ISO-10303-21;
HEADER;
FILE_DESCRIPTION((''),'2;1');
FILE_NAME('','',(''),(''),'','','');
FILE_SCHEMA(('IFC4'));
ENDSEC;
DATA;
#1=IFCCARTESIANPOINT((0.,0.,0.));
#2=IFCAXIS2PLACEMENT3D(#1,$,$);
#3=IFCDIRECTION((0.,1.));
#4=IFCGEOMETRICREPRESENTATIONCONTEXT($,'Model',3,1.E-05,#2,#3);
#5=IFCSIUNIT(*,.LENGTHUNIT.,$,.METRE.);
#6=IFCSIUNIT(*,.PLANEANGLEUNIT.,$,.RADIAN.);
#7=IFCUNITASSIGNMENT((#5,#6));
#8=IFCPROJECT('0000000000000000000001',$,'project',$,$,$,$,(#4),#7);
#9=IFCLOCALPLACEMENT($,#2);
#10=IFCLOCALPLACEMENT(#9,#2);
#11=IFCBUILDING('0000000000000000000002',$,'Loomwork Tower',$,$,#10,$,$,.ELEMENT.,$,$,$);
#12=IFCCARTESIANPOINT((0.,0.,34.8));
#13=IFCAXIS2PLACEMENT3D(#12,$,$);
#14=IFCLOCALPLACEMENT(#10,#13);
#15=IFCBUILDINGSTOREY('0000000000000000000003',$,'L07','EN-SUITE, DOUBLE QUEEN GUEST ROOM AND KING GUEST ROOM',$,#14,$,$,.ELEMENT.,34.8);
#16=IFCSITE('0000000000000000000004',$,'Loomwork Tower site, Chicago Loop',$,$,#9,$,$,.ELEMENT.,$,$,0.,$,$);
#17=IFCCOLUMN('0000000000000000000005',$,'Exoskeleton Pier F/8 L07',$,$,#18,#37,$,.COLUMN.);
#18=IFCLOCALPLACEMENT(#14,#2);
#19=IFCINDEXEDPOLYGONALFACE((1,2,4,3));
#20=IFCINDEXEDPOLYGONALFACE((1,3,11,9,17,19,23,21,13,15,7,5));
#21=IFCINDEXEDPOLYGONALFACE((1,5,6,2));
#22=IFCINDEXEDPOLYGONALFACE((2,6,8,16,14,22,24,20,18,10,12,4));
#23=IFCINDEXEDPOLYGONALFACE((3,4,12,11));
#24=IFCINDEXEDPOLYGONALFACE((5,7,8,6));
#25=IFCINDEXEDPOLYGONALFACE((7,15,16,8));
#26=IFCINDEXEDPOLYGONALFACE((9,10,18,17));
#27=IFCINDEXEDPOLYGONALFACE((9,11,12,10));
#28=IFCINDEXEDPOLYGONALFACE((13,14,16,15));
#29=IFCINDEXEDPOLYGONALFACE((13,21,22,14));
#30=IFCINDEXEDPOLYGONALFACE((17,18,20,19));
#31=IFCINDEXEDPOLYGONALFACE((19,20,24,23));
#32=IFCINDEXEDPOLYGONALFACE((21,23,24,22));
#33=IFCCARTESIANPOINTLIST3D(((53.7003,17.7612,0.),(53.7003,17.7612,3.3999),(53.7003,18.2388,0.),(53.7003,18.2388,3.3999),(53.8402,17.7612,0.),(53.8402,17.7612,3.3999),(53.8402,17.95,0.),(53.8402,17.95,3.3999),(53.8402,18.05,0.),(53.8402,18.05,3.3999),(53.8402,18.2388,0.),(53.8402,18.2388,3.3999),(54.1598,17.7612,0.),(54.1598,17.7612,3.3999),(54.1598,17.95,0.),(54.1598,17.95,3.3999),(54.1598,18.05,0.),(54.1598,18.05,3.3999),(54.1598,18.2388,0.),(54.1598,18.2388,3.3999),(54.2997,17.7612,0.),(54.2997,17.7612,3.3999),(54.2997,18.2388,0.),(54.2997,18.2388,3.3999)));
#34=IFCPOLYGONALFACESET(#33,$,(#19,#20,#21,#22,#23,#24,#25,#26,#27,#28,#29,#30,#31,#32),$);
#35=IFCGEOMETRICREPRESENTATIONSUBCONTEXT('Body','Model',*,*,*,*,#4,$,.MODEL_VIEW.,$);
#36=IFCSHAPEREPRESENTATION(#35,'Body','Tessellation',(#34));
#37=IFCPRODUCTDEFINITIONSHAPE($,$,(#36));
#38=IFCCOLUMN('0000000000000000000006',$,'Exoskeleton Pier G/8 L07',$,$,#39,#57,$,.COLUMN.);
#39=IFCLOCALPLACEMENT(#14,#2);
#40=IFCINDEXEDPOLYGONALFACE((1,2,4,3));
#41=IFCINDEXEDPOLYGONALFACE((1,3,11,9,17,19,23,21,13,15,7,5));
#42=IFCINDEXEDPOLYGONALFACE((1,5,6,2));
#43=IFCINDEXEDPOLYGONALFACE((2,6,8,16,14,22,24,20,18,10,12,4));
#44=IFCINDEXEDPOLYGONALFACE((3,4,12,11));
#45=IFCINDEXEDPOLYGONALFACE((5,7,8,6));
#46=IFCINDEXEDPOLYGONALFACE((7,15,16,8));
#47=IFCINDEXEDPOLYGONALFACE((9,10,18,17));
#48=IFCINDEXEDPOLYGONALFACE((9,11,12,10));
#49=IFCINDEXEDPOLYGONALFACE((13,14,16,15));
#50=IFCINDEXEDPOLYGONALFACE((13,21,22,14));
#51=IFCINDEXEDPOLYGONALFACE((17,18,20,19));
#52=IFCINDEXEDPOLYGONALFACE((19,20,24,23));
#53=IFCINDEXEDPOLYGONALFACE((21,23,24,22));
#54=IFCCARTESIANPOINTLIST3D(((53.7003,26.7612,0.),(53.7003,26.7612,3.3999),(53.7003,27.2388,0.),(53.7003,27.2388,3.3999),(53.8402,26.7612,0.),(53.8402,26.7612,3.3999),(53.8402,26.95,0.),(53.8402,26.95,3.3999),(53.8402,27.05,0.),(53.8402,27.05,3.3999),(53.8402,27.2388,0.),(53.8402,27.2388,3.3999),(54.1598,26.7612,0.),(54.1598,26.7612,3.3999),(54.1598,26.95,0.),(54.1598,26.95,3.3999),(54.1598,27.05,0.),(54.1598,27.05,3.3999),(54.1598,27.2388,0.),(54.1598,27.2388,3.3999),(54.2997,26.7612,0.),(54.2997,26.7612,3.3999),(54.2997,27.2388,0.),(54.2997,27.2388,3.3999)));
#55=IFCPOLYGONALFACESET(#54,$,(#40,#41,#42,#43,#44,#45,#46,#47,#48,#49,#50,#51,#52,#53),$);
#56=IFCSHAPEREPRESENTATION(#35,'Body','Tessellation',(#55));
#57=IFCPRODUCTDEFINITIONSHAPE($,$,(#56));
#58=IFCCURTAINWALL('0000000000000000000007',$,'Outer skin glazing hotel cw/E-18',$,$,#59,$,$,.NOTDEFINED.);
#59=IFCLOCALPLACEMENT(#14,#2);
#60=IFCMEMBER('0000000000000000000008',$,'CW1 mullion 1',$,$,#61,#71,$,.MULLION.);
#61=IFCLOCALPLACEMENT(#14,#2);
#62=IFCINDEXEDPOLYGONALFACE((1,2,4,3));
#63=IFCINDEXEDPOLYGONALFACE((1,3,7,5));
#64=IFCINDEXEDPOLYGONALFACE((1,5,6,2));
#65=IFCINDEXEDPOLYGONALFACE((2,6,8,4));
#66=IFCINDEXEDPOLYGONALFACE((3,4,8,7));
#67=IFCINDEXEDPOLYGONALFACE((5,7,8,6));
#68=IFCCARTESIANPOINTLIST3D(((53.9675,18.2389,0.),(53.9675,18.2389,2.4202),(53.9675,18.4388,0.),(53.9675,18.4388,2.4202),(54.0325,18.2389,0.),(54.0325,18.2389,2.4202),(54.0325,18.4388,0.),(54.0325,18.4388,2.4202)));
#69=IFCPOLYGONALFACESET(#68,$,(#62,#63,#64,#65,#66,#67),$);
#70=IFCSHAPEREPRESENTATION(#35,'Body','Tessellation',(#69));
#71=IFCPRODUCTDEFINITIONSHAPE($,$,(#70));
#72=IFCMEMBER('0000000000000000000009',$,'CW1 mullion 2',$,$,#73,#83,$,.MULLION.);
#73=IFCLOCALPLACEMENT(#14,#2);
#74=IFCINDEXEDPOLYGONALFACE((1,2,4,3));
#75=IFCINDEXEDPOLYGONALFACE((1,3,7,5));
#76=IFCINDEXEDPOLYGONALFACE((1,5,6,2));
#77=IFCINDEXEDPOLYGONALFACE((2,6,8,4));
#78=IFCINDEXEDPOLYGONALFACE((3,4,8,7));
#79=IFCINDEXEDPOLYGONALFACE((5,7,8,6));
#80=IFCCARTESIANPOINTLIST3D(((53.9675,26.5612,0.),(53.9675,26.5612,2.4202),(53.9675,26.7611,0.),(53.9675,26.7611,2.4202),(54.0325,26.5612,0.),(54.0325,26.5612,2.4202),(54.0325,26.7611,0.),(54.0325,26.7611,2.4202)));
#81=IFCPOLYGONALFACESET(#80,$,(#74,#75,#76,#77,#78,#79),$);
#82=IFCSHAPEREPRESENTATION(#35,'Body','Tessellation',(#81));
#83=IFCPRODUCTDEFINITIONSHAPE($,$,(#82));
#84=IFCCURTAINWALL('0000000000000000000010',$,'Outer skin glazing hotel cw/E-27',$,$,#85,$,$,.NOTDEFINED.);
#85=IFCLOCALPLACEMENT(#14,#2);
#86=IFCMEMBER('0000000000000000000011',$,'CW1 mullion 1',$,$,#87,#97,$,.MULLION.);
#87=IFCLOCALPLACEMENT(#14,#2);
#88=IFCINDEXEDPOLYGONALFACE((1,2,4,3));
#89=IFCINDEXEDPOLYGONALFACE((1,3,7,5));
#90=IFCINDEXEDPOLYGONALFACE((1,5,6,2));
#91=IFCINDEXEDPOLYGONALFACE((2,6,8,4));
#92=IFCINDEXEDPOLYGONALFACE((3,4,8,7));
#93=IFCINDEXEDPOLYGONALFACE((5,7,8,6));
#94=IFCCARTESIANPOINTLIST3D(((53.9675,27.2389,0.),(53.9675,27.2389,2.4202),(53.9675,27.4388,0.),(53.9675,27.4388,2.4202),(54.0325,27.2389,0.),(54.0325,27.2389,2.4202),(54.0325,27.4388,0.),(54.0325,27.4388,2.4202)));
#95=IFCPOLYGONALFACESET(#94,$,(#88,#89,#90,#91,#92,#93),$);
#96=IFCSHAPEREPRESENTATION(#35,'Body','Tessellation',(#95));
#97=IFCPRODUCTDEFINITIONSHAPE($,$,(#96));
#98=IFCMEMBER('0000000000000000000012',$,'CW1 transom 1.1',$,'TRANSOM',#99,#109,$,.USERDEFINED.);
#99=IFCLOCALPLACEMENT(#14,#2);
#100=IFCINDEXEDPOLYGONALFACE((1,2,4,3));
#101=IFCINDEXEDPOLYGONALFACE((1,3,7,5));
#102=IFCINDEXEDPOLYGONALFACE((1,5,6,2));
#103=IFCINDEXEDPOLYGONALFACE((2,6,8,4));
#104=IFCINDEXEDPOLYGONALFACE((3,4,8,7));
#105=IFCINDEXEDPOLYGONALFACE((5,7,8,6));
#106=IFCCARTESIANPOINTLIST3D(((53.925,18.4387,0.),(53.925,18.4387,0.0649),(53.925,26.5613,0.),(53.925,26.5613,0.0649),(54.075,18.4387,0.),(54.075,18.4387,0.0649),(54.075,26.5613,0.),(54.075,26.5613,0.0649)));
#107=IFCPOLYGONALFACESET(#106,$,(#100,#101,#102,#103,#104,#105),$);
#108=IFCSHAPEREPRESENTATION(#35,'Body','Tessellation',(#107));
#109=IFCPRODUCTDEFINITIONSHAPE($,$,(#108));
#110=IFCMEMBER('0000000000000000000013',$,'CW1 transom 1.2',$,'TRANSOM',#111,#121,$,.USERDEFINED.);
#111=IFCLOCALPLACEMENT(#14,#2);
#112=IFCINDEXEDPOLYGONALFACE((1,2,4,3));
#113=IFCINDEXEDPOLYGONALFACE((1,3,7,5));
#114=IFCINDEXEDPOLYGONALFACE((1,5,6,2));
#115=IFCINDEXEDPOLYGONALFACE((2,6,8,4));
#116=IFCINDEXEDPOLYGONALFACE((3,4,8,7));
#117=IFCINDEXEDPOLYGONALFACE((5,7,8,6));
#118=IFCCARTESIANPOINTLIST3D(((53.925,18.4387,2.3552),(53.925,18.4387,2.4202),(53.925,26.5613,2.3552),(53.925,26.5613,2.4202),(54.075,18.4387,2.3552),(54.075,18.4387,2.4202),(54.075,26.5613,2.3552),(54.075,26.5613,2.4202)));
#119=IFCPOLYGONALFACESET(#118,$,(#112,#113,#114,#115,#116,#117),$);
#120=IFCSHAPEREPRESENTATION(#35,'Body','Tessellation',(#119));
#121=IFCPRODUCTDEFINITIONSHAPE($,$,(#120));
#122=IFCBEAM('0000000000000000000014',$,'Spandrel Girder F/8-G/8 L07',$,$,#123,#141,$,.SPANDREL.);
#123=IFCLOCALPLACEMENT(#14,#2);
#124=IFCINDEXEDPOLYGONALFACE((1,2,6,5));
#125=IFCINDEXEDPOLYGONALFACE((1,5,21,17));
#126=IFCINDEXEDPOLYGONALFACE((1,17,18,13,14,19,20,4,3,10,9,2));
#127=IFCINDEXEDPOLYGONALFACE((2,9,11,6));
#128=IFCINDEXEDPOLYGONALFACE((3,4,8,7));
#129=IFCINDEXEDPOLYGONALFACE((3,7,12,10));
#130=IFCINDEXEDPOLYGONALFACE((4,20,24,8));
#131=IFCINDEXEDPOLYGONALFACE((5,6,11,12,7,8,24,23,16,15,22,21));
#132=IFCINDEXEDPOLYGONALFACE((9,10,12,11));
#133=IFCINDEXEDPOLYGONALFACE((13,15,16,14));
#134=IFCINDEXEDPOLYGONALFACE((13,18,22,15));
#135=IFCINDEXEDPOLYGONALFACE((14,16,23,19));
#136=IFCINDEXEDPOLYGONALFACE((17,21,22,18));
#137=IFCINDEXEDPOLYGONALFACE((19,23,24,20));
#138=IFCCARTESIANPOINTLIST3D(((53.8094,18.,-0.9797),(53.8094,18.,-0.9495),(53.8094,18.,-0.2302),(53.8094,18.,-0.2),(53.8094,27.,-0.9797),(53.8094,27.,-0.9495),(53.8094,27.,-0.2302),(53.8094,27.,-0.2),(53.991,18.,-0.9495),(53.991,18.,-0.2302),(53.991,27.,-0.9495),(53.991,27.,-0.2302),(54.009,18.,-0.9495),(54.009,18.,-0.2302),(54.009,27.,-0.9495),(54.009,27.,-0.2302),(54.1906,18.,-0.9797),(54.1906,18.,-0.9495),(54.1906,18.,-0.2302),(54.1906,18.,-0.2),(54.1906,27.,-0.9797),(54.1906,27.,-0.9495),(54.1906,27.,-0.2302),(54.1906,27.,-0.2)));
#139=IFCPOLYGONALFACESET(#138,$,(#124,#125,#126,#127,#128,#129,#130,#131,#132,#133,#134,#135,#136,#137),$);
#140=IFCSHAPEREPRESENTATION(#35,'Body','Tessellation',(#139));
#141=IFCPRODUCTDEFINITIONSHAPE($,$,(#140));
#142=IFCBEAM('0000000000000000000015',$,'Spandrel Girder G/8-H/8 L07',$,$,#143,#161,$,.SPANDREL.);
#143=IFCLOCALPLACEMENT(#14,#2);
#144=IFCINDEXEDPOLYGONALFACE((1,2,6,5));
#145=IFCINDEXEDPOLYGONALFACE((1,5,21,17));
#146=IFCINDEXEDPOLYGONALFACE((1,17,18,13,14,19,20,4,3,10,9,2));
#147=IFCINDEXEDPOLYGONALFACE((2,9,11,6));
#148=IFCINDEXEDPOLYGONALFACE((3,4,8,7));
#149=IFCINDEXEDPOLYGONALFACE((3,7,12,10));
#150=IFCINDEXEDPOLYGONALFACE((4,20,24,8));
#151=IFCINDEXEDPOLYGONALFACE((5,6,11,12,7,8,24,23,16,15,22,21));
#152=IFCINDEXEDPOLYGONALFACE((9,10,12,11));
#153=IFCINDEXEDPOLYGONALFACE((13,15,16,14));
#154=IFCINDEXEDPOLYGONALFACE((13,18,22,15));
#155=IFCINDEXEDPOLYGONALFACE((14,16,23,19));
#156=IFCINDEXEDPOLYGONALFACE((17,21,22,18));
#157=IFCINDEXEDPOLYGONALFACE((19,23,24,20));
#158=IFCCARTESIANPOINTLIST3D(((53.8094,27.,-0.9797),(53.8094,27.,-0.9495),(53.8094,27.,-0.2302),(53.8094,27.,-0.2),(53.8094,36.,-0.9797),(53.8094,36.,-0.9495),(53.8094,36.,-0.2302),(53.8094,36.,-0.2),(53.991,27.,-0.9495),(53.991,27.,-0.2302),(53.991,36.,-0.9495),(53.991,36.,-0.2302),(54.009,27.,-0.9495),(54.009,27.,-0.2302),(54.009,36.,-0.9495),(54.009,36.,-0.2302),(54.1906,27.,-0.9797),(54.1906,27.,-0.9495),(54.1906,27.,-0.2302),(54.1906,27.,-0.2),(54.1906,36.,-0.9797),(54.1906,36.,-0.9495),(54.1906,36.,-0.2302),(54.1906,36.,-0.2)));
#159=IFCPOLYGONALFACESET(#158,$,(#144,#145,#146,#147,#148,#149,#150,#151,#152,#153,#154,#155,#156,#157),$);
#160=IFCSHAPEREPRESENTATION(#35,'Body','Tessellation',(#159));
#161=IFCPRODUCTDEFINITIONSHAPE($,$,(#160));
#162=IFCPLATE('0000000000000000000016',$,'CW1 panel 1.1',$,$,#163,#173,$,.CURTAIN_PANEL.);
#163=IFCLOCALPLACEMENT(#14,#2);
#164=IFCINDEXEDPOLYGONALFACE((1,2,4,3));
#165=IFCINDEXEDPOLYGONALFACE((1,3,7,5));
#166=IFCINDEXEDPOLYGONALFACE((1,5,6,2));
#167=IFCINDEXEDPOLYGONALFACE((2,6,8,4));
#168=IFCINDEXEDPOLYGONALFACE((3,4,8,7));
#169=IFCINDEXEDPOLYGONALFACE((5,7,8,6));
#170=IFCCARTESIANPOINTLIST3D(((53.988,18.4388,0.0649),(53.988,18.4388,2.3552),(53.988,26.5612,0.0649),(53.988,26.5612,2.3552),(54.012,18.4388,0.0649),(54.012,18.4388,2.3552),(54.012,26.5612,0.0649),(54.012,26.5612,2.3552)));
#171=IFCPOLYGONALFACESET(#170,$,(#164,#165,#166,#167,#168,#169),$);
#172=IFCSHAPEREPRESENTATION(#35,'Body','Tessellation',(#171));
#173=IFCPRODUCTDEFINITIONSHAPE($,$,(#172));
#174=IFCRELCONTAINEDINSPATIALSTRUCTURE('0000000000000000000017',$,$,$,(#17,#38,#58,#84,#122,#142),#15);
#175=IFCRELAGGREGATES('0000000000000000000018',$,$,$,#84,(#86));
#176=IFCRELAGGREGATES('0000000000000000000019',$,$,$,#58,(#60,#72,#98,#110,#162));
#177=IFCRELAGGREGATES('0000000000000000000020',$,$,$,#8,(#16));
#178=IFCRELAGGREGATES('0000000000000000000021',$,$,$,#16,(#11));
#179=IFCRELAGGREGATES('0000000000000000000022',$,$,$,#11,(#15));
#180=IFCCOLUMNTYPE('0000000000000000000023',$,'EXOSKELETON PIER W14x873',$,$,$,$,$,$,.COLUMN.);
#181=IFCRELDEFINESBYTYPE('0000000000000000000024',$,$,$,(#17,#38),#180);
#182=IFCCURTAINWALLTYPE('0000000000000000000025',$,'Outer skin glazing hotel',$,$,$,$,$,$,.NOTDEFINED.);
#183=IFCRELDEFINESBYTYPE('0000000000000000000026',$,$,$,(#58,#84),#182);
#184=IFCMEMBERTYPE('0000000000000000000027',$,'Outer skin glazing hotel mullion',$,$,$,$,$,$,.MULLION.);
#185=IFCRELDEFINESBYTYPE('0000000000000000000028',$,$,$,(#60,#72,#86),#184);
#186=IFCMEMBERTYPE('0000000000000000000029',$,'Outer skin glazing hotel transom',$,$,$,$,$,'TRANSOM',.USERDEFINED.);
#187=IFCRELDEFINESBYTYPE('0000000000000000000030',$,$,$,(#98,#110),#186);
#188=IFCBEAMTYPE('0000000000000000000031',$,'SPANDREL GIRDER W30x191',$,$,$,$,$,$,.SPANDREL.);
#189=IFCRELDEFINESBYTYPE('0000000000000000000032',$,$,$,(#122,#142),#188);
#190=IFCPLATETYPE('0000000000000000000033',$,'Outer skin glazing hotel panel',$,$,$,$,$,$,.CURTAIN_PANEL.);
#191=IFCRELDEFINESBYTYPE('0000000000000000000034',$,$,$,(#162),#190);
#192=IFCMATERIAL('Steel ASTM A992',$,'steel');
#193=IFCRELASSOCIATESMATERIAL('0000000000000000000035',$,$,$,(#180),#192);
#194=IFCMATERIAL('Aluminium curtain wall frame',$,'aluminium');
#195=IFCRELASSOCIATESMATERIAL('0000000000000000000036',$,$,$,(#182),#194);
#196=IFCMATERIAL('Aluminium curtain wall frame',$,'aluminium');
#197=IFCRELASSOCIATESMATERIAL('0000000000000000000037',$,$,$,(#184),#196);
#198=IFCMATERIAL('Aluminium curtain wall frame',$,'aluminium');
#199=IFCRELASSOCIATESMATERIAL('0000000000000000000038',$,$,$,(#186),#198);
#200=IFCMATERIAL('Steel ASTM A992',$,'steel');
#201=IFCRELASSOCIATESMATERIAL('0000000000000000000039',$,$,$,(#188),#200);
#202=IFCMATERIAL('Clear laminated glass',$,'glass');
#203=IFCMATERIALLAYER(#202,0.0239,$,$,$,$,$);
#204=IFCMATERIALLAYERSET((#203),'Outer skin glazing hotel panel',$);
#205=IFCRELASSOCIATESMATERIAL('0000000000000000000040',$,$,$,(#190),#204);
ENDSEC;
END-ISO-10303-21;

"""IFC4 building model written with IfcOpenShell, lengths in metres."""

from ifc_helpers import new_model, si_unit, direction, frame, origin, origin_2d, place, context, subcontext, project, spatial, rectangle, i_section, extrude, material, layer, layer_set, material_profile, profile_set, type_object, element, aggregate, save


model = new_model("IFC4")

# Units and contexts
model_context = context("Model", 3, precision=1e-05, world=origin(), true_north=direction((0.0, 1.0)))
body_context = subcontext(model_context, "Body", "Model", "MODEL_VIEW")
ifc_project = project(units=[si_unit("LENGTHUNIT", "METRE"), si_unit("PLANEANGLEUNIT", "RADIAN")], contexts=[model_context])

# Site, building, storey
site_placement = place(None, origin())
site = spatial("IfcSite", under=ifc_project, at=site_placement, Name="Loomwork Tower site, Chicago Loop", CompositionType="ELEMENT", RefElevation=0.0)
building_placement = place(site_placement, origin())
building = spatial("IfcBuilding", under=site, at=building_placement, Name="Loomwork Tower", CompositionType="ELEMENT")
storey_placement = place(building_placement, frame((0.0, 0.0, 34.8)))
storey = spatial("IfcBuildingStorey", under=building, at=storey_placement, Name="L07", Description="EN-SUITE, DOUBLE QUEEN GUEST ROOM AND KING GUEST ROOM", CompositionType="ELEMENT", Elevation=34.8)

# Columns
ifc_material_1 = material(Name="Steel ASTM A992", Category="steel")
ifc_material_profile_1 = material_profile(ifc_material_1, i_section(OverallWidth=0.4775, OverallDepth=0.5994, WebThickness=0.1001, FlangeThickness=0.1399, at=origin_2d()), Name="W14x873")
ifc_profile_set_1 = profile_set([ifc_material_profile_1], Name="Steel ASTM A992")
column_type = type_object("IfcColumnType", Name="EXOSKELETON PIER W14x873", PredefinedType="COLUMN", material=ifc_profile_set_1)
for number, where, z_axis, x_axis, name in (
    (1, (54.0, 18.0, 0.0), (0.0, 0.0, 1.0), (0.0, 1.0, 0.0), "Exoskeleton Pier F/8 L07"),
    (2, (54.0, 27.0, 0.0), (0.0, 0.0, 1.0), (0.0, 1.0, 0.0), "Exoskeleton Pier G/8 L07"),
):
    element("IfcColumn", number, at=place(storey_placement, frame(where, z_axis=z_axis, x_axis=x_axis)), inside=storey, type_object=column_type, Name=name, PredefinedType="COLUMN", context=body_context, shape_type="SweptSolid", body=[
        extrude(i_section(OverallWidth=0.4775, OverallDepth=0.5994, WebThickness=0.1001, FlangeThickness=0.1399, at=origin_2d()), origin(), (0.0, 0.0, 1.0), 3.3999),
    ])

# Curtain wall, members
ifc_material_2 = material(Name="Aluminium curtain wall frame", Category="aluminium")
curtain_wall_type = type_object("IfcCurtainWallType", Name="Outer skin glazing hotel", PredefinedType="NOTDEFINED", material=ifc_material_2)
curtain_wall_1_placement = place(storey_placement, origin())
curtain_wall_1 = element("IfcCurtainWall", 3, at=curtain_wall_1_placement, inside=storey, type_object=curtain_wall_type, Name="Outer skin glazing hotel cw/E-18", PredefinedType="NOTDEFINED")
ifc_material_3 = material(Name="Aluminium curtain wall frame", Category="aluminium")
ifc_material_profile_2 = material_profile(ifc_material_3, rectangle(XDim=0.0649, YDim=0.2, at=origin_2d()), Name="AL 65x200")
ifc_profile_set_2 = profile_set([ifc_material_profile_2], Name="Aluminium curtain wall frame")
member_type_1 = type_object("IfcMemberType", Name="Outer skin glazing hotel mullion", PredefinedType="MULLION", material=ifc_profile_set_2)
member_1_placement = place(storey_placement, frame((54.0, 18.3389, 0.0), z_axis=(0.0, 0.0, 1.0), x_axis=(-1.0, 0.0, 0.0)))
member_1 = element("IfcMember", 4, at=member_1_placement, type_object=member_type_1, Name="CW1 mullion 1", PredefinedType="MULLION", context=body_context, shape_type="SweptSolid", body=[
    extrude(rectangle(XDim=0.0649, YDim=0.2, at=origin_2d()), origin(), (0.0, 0.0, 1.0), 2.4202),
])
member_2_placement = place(storey_placement, frame((54.0, 26.6611, 0.0), z_axis=(0.0, 0.0, 1.0), x_axis=(-1.0, 0.0, 0.0)))
member_2 = element("IfcMember", 5, at=member_2_placement, type_object=member_type_1, Name="CW1 mullion 2", PredefinedType="MULLION", context=body_context, shape_type="SweptSolid", body=[
    extrude(rectangle(XDim=0.0649, YDim=0.2, at=origin_2d()), origin(), (0.0, 0.0, 1.0), 2.4202),
])

# Curtain wall, member
curtain_wall_2_placement = place(storey_placement, origin())
curtain_wall_2 = element("IfcCurtainWall", 6, at=curtain_wall_2_placement, inside=storey, type_object=curtain_wall_type, Name="Outer skin glazing hotel cw/E-27", PredefinedType="NOTDEFINED")
member_3_placement = place(storey_placement, frame((54.0, 27.3389, 0.0), z_axis=(0.0, 0.0, 1.0), x_axis=(-1.0, 0.0, 0.0)))
member_3 = element("IfcMember", 7, at=member_3_placement, type_object=member_type_1, Name="CW1 mullion 1", PredefinedType="MULLION", context=body_context, shape_type="SweptSolid", body=[
    extrude(rectangle(XDim=0.0649, YDim=0.2, at=origin_2d()), origin(), (0.0, 0.0, 1.0), 2.4202),
])
aggregate(curtain_wall_2, [member_3])

# Members
ifc_material_4 = material(Name="Aluminium curtain wall frame", Category="aluminium")
ifc_material_profile_3 = material_profile(ifc_material_4, rectangle(XDim=0.1499, YDim=0.0649, at=origin_2d()), Name="AL 65x150")
ifc_profile_set_3 = profile_set([ifc_material_profile_3], Name="Aluminium curtain wall frame")
member_type_2 = type_object("IfcMemberType", Name="Outer skin glazing hotel transom", ElementType="TRANSOM", PredefinedType="USERDEFINED", material=ifc_profile_set_3)
member_4_placement = place(storey_placement, frame((54.0, 18.4387, 0.0325), z_axis=(0.0, 1.0, 0.0), x_axis=(-1.0, 0.0, 0.0)))
member_4 = element("IfcMember", 8, at=member_4_placement, type_object=member_type_2, Name="CW1 transom 1.1", ObjectType="TRANSOM", PredefinedType="USERDEFINED", context=body_context, shape_type="SweptSolid", body=[
    extrude(rectangle(XDim=0.1499, YDim=0.0649, at=origin_2d()), origin(), (0.0, 0.0, 1.0), 8.1226),
])
member_5_placement = place(storey_placement, frame((54.0, 18.4387, 2.3877), z_axis=(0.0, 1.0, 0.0), x_axis=(-1.0, 0.0, 0.0)))
member_5 = element("IfcMember", 9, at=member_5_placement, type_object=member_type_2, Name="CW1 transom 1.2", ObjectType="TRANSOM", PredefinedType="USERDEFINED", context=body_context, shape_type="SweptSolid", body=[
    extrude(rectangle(XDim=0.1499, YDim=0.0649, at=origin_2d()), origin(), (0.0, 0.0, 1.0), 8.1226),
])

# Beams
ifc_material_5 = material(Name="Steel ASTM A992", Category="steel")
ifc_material_profile_4 = material_profile(ifc_material_5, i_section(OverallWidth=0.3811, OverallDepth=0.7798, WebThickness=0.0181, FlangeThickness=0.0303, at=origin_2d()), Name="W30x191")
ifc_profile_set_4 = profile_set([ifc_material_profile_4], Name="Steel ASTM A992")
beam_type = type_object("IfcBeamType", Name="SPANDREL GIRDER W30x191", PredefinedType="SPANDREL", material=ifc_profile_set_4)
for number, where, z_axis, x_axis, name in (
    (10, (54.0, 18.0, -0.5898), (0.0, 1.0, 0.0), (-1.0, 0.0, 0.0), "Spandrel Girder F/8-G/8 L07"),
    (11, (54.0, 27.0, -0.5898), (0.0, 1.0, 0.0), (-1.0, 0.0, 0.0), "Spandrel Girder G/8-H/8 L07"),
):
    element("IfcBeam", number, at=place(storey_placement, frame(where, z_axis=z_axis, x_axis=x_axis)), inside=storey, type_object=beam_type, Name=name, PredefinedType="SPANDREL", context=body_context, shape_type="SweptSolid", body=[
        extrude(i_section(OverallWidth=0.3811, OverallDepth=0.7798, WebThickness=0.0181, FlangeThickness=0.0303, at=origin_2d()), origin(), (0.0, 0.0, 1.0), 9.0),
    ])

# Plate
ifc_material_6 = material(Name="Clear laminated glass", Category="glass")
ifc_layer_1 = layer(ifc_material_6, 0.0239)
ifc_layer_set_1 = layer_set([ifc_layer_1], Name="Outer skin glazing hotel panel")
plate_type = type_object("IfcPlateType", Name="Outer skin glazing hotel panel", PredefinedType="CURTAIN_PANEL", material=ifc_layer_set_1)
plate_placement = place(storey_placement, frame((54.0, 22.5, 0.0649), z_axis=(0.0, 0.0, 1.0), x_axis=(0.0, 1.0, 0.0)))
plate = element("IfcPlate", 12, at=plate_placement, type_object=plate_type, Name="CW1 panel 1.1", PredefinedType="CURTAIN_PANEL", context=body_context, shape_type="SweptSolid", body=[
    extrude(rectangle(XDim=8.1223, YDim=0.0239, at=origin_2d()), origin(), (0.0, 0.0, 1.0), 2.2903),
])
aggregate(curtain_wall_1, [member_1, member_2, member_4, member_5, plate])

save(model, "model.ifc")
